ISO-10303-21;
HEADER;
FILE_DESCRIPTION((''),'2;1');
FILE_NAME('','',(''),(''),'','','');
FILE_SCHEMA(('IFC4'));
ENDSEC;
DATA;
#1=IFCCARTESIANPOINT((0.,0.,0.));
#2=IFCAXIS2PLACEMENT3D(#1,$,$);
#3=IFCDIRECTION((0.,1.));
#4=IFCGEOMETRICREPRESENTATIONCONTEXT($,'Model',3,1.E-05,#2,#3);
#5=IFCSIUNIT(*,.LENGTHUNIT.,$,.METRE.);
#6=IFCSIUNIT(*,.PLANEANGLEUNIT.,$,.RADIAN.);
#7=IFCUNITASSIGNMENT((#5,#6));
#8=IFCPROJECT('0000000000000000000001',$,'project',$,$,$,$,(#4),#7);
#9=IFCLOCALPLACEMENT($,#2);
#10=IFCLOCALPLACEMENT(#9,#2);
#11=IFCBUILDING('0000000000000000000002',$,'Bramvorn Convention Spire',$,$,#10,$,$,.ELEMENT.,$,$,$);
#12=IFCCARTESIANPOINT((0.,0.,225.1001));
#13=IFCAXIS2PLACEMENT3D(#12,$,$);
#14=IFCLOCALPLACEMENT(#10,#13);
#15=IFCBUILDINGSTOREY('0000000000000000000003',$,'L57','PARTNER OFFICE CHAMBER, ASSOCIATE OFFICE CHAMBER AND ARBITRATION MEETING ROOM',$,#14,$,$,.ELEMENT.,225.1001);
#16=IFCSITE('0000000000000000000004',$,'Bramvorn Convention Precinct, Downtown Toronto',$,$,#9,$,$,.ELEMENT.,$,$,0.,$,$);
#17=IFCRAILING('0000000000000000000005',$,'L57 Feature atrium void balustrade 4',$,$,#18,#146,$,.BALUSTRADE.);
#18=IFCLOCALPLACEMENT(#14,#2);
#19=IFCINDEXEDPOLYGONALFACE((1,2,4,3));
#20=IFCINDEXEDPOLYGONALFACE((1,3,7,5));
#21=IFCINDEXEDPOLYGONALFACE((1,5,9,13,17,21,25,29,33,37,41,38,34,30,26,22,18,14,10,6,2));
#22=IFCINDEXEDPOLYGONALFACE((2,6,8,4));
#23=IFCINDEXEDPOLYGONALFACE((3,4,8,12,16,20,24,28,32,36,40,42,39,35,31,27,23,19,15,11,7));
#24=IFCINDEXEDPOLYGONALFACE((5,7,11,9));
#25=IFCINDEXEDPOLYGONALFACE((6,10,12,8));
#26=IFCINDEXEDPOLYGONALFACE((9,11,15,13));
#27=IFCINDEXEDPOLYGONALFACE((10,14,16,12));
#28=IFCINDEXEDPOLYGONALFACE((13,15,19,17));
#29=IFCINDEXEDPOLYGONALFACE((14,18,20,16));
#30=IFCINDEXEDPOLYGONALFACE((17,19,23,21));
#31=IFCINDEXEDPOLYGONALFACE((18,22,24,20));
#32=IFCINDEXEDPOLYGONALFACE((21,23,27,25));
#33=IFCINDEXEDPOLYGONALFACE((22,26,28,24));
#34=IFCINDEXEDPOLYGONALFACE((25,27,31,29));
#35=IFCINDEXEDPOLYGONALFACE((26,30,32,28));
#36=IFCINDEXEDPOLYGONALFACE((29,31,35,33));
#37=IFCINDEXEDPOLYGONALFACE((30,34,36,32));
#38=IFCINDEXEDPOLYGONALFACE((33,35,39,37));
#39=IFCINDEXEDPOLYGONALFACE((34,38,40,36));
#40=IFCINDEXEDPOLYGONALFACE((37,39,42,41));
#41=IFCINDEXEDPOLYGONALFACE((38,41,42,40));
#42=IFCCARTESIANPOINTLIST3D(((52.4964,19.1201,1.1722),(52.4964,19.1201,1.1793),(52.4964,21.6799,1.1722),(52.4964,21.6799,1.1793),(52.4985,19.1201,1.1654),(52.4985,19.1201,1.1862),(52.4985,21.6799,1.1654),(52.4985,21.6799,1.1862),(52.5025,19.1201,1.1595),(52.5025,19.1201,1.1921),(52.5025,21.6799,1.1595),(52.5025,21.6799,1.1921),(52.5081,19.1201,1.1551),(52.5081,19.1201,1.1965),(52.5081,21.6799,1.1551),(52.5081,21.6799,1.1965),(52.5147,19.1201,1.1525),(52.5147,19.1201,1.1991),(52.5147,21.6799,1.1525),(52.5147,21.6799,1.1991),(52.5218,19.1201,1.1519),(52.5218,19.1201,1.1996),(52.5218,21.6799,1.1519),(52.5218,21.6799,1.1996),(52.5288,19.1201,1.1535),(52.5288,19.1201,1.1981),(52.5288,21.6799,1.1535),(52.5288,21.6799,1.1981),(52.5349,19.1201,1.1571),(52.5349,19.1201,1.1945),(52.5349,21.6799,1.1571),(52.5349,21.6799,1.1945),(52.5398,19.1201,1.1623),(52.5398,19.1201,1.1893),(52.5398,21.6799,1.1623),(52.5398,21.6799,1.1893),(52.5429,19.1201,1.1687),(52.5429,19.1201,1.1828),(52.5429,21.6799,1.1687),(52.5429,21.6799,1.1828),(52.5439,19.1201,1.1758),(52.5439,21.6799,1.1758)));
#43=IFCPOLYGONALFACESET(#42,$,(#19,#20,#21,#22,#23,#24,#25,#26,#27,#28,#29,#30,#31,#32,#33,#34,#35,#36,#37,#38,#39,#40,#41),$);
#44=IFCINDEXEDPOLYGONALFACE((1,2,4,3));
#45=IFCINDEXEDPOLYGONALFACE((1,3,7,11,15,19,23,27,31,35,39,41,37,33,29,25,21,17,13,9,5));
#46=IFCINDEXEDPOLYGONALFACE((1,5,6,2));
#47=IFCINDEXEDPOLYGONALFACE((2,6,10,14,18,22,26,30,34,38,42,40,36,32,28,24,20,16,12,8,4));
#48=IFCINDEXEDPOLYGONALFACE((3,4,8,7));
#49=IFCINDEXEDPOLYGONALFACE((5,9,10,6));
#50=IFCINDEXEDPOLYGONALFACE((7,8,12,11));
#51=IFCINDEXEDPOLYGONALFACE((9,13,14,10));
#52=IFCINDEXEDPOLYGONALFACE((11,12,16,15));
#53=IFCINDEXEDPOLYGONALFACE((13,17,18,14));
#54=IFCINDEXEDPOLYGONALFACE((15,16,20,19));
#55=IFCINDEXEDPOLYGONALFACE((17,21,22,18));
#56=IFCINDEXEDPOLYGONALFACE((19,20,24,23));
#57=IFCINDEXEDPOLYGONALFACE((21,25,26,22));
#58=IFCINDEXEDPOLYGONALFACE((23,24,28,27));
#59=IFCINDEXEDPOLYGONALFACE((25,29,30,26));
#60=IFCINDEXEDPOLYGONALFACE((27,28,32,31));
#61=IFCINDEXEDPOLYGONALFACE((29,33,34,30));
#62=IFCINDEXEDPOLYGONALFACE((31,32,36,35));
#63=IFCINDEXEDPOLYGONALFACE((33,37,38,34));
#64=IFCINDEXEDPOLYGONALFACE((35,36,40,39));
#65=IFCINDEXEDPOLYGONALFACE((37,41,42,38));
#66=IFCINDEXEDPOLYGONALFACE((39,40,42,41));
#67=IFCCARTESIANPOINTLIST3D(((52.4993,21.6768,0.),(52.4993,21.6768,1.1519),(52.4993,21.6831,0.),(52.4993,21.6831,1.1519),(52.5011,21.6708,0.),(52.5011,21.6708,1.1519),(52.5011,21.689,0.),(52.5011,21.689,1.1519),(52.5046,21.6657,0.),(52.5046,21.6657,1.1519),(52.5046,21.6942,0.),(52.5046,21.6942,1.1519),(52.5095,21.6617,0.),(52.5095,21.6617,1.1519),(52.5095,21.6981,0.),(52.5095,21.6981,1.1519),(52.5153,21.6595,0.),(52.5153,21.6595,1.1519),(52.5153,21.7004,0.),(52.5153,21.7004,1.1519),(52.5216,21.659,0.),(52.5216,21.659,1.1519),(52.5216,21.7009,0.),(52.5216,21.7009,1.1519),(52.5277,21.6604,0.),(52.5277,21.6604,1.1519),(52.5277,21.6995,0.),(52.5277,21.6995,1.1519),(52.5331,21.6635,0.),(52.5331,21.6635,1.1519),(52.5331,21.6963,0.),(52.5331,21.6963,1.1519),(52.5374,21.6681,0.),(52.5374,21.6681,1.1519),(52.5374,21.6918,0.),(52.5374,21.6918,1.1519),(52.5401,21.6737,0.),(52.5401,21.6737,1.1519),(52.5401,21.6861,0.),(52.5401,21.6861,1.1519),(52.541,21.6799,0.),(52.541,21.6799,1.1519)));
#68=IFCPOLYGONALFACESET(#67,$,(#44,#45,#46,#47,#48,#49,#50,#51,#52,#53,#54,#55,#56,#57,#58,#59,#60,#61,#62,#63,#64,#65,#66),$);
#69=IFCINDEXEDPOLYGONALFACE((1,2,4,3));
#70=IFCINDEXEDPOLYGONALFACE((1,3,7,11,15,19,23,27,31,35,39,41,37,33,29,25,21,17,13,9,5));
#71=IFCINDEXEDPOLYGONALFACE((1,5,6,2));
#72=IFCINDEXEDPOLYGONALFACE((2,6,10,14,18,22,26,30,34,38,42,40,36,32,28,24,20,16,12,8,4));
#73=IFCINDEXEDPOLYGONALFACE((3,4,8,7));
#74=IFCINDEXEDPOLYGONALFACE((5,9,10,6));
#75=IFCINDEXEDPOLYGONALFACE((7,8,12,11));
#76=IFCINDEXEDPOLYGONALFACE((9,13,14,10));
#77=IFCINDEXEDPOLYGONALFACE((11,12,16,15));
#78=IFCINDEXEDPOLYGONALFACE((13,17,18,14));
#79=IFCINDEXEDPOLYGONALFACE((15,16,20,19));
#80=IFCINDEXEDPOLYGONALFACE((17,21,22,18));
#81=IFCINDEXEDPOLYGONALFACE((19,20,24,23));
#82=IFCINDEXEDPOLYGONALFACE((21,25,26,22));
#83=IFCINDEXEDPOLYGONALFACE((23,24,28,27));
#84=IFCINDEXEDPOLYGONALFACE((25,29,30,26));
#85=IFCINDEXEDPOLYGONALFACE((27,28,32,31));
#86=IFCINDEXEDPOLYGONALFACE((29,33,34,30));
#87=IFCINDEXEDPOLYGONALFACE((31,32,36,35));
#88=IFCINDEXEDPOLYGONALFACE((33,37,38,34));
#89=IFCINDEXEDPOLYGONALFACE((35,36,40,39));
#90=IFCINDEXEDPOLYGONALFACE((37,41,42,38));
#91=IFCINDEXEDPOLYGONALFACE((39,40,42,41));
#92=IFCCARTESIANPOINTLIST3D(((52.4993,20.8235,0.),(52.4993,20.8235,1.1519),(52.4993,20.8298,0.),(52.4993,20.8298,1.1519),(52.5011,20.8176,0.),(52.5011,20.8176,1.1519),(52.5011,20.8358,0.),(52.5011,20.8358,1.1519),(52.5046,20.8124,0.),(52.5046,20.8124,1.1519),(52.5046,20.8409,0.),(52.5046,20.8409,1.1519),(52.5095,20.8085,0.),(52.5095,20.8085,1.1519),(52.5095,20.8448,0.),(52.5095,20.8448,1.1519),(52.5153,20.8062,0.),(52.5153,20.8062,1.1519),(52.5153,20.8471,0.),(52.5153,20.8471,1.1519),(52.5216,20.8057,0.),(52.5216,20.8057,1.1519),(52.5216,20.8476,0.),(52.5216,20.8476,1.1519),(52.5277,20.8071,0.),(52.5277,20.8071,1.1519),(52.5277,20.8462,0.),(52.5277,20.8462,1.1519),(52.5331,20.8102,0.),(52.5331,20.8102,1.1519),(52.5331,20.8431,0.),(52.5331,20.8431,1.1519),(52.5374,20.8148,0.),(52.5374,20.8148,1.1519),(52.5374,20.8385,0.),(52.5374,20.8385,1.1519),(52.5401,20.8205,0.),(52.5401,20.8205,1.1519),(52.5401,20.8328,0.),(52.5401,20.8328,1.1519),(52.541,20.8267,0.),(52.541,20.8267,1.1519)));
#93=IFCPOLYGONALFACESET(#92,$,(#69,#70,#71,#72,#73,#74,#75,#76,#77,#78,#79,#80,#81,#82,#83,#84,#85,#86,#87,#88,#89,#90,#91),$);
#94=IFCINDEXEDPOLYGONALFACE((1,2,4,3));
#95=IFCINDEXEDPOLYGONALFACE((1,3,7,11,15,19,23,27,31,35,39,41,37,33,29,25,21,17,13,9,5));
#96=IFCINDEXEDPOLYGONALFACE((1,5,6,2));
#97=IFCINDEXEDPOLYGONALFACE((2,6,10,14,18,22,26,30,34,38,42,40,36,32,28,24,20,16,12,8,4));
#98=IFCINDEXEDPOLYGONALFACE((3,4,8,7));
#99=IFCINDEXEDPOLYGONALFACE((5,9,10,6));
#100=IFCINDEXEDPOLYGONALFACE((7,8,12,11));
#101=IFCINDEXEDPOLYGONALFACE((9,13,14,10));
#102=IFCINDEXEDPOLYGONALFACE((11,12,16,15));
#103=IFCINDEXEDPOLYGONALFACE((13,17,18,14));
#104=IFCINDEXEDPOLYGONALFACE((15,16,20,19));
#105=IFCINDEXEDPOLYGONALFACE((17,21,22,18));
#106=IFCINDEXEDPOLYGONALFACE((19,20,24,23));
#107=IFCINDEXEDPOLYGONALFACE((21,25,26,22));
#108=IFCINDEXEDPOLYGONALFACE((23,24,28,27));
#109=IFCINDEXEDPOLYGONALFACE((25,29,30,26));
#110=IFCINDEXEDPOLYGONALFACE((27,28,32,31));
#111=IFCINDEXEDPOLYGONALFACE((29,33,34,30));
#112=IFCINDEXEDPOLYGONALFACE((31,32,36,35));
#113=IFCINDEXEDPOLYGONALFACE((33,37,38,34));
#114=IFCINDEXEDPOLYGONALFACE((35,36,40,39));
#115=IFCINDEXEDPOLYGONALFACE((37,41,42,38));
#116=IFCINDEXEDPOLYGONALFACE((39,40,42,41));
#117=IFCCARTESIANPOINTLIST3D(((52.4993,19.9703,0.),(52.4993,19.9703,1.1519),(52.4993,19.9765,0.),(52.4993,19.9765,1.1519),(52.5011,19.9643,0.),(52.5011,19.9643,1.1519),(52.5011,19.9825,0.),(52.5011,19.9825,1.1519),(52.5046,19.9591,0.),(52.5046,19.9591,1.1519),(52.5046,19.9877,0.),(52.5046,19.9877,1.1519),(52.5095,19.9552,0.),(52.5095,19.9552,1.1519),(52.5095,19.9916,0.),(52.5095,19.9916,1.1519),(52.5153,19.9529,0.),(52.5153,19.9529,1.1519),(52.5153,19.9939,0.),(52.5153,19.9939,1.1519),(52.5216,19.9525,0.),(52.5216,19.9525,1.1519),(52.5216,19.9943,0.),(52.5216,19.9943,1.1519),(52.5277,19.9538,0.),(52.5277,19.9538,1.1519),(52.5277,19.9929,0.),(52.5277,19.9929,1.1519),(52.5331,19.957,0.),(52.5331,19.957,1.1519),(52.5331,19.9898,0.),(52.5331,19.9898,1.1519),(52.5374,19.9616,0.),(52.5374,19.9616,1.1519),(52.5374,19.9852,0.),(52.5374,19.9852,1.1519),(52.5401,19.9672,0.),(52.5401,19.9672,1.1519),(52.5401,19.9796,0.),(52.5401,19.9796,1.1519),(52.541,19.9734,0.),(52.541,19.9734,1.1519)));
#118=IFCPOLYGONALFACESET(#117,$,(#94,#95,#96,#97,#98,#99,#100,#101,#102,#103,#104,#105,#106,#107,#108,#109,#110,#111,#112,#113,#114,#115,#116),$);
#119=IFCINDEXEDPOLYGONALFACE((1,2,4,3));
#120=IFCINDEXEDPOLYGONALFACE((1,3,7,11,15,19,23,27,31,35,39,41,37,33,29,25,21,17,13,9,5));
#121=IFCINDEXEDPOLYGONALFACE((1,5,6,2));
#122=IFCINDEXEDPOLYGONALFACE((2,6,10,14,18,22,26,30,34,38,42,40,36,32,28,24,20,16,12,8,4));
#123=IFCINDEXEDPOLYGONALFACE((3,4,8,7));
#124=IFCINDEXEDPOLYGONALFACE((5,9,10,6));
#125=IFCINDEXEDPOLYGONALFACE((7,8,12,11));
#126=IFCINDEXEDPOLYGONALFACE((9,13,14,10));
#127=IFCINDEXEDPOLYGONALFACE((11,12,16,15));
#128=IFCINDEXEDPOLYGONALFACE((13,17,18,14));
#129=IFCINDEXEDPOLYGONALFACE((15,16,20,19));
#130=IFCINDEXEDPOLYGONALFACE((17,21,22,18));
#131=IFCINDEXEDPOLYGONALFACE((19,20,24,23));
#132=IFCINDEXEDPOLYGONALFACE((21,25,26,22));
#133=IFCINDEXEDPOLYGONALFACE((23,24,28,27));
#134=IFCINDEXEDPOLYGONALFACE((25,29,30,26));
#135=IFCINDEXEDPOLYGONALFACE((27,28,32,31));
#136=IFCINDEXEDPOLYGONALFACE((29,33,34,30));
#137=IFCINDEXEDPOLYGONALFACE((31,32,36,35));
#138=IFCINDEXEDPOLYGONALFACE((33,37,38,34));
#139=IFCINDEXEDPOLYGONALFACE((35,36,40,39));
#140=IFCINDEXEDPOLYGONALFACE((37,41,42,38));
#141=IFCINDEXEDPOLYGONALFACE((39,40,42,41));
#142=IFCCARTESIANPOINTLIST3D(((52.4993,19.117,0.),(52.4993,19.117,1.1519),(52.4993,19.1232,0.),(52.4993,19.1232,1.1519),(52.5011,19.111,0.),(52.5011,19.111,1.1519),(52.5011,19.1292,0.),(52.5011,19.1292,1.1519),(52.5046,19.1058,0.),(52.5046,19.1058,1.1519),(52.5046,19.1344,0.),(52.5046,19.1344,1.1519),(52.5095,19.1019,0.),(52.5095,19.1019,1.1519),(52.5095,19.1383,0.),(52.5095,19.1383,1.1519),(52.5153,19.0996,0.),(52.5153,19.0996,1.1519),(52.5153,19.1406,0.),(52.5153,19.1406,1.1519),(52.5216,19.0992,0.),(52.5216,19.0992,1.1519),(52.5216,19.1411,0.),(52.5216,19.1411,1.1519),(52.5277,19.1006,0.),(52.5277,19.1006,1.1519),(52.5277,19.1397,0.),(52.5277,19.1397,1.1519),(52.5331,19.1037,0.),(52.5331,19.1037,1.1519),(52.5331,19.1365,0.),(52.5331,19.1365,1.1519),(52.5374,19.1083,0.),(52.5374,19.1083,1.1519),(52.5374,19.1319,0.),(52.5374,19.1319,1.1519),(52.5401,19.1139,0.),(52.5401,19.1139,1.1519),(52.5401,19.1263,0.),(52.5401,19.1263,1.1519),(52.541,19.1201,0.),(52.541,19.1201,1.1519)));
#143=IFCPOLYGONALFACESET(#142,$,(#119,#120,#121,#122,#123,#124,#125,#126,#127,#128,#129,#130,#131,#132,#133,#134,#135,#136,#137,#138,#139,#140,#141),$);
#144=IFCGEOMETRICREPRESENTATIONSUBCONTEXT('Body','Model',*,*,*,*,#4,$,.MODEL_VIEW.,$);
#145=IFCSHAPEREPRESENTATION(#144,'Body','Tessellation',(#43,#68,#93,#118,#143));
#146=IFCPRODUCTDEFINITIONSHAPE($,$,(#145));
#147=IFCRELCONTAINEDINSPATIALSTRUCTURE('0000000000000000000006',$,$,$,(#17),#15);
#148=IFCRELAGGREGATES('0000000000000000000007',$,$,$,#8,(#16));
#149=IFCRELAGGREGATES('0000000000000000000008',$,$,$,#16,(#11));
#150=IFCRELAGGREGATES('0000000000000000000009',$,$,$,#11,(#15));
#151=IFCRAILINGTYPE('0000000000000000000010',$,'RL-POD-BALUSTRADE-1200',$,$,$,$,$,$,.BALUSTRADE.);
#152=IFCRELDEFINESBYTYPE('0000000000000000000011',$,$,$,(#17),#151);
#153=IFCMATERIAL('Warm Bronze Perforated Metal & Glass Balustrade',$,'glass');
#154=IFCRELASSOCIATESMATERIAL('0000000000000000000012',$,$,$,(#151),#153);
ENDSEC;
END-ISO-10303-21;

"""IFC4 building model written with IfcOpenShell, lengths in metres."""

from ifc_helpers import new_model, si_unit, direction, frame, origin, origin_2d, place, context, subcontext, project, spatial, circle, extrude, material, type_object, element, save


model = new_model("IFC4")

# Units and contexts
model_context = context("Model", 3, precision=1e-05, world=origin(), true_north=direction((0.0, 1.0)))
body_context = subcontext(model_context, "Body", "Model", "MODEL_VIEW")
ifc_project = project(units=[si_unit("LENGTHUNIT", "METRE"), si_unit("PLANEANGLEUNIT", "RADIAN")], contexts=[model_context])

# Site, building, storey
site_placement = place(None, origin())
site = spatial("IfcSite", under=ifc_project, at=site_placement, Name="Bramvorn Convention Precinct, Downtown Toronto", CompositionType="ELEMENT", RefElevation=0.0)
building_placement = place(site_placement, origin())
building = spatial("IfcBuilding", under=site, at=building_placement, Name="Bramvorn Convention Spire", CompositionType="ELEMENT")
storey_placement = place(building_placement, frame((0.0, 0.0, 225.1001)))
storey = spatial("IfcBuildingStorey", under=building, at=storey_placement, Name="L57", Description="PARTNER OFFICE CHAMBER, ASSOCIATE OFFICE CHAMBER AND ARBITRATION MEETING ROOM", CompositionType="ELEMENT", Elevation=225.1001)

# Railing
ifc_material_1 = material(Name="Warm Bronze Perforated Metal & Glass Balustrade", Category="glass")
railing_type = type_object("IfcRailingType", Name="RL-POD-BALUSTRADE-1200", PredefinedType="BALUSTRADE", material=ifc_material_1)
railing_1_placement = place(storey_placement, frame((52.52, 21.6799, 0.0)))
element("IfcRailing", 1, at=railing_1_placement, inside=storey, type_object=railing_type, Name="L57 Feature atrium void balustrade 4", PredefinedType="BALUSTRADE", context=body_context, shape_type="SweptSolid", body=[
    extrude(circle(Radius=0.0239, at=origin_2d()), frame((0.0, 0.0, 1.1758), z_axis=(0.0, -1.0, 0.0), x_axis=(1.0, 0.0, 0.0)), (0.0, 0.0, 1.0), 2.5598),
    extrude(circle(Radius=0.021, at=origin_2d()), origin(), (0.0, 0.0, 1.0), 1.1519),
    extrude(circle(Radius=0.021, at=origin_2d()), frame((0.0, -0.8533, 0.0)), (0.0, 0.0, 1.0), 1.1519),
    extrude(circle(Radius=0.021, at=origin_2d()), frame((0.0, -1.7065, 0.0)), (0.0, 0.0, 1.0), 1.1519),
    extrude(circle(Radius=0.021, at=origin_2d()), frame((0.0, -2.5598, 0.0)), (0.0, 0.0, 1.0), 1.1519),
])

save(model, "model.ifc")
